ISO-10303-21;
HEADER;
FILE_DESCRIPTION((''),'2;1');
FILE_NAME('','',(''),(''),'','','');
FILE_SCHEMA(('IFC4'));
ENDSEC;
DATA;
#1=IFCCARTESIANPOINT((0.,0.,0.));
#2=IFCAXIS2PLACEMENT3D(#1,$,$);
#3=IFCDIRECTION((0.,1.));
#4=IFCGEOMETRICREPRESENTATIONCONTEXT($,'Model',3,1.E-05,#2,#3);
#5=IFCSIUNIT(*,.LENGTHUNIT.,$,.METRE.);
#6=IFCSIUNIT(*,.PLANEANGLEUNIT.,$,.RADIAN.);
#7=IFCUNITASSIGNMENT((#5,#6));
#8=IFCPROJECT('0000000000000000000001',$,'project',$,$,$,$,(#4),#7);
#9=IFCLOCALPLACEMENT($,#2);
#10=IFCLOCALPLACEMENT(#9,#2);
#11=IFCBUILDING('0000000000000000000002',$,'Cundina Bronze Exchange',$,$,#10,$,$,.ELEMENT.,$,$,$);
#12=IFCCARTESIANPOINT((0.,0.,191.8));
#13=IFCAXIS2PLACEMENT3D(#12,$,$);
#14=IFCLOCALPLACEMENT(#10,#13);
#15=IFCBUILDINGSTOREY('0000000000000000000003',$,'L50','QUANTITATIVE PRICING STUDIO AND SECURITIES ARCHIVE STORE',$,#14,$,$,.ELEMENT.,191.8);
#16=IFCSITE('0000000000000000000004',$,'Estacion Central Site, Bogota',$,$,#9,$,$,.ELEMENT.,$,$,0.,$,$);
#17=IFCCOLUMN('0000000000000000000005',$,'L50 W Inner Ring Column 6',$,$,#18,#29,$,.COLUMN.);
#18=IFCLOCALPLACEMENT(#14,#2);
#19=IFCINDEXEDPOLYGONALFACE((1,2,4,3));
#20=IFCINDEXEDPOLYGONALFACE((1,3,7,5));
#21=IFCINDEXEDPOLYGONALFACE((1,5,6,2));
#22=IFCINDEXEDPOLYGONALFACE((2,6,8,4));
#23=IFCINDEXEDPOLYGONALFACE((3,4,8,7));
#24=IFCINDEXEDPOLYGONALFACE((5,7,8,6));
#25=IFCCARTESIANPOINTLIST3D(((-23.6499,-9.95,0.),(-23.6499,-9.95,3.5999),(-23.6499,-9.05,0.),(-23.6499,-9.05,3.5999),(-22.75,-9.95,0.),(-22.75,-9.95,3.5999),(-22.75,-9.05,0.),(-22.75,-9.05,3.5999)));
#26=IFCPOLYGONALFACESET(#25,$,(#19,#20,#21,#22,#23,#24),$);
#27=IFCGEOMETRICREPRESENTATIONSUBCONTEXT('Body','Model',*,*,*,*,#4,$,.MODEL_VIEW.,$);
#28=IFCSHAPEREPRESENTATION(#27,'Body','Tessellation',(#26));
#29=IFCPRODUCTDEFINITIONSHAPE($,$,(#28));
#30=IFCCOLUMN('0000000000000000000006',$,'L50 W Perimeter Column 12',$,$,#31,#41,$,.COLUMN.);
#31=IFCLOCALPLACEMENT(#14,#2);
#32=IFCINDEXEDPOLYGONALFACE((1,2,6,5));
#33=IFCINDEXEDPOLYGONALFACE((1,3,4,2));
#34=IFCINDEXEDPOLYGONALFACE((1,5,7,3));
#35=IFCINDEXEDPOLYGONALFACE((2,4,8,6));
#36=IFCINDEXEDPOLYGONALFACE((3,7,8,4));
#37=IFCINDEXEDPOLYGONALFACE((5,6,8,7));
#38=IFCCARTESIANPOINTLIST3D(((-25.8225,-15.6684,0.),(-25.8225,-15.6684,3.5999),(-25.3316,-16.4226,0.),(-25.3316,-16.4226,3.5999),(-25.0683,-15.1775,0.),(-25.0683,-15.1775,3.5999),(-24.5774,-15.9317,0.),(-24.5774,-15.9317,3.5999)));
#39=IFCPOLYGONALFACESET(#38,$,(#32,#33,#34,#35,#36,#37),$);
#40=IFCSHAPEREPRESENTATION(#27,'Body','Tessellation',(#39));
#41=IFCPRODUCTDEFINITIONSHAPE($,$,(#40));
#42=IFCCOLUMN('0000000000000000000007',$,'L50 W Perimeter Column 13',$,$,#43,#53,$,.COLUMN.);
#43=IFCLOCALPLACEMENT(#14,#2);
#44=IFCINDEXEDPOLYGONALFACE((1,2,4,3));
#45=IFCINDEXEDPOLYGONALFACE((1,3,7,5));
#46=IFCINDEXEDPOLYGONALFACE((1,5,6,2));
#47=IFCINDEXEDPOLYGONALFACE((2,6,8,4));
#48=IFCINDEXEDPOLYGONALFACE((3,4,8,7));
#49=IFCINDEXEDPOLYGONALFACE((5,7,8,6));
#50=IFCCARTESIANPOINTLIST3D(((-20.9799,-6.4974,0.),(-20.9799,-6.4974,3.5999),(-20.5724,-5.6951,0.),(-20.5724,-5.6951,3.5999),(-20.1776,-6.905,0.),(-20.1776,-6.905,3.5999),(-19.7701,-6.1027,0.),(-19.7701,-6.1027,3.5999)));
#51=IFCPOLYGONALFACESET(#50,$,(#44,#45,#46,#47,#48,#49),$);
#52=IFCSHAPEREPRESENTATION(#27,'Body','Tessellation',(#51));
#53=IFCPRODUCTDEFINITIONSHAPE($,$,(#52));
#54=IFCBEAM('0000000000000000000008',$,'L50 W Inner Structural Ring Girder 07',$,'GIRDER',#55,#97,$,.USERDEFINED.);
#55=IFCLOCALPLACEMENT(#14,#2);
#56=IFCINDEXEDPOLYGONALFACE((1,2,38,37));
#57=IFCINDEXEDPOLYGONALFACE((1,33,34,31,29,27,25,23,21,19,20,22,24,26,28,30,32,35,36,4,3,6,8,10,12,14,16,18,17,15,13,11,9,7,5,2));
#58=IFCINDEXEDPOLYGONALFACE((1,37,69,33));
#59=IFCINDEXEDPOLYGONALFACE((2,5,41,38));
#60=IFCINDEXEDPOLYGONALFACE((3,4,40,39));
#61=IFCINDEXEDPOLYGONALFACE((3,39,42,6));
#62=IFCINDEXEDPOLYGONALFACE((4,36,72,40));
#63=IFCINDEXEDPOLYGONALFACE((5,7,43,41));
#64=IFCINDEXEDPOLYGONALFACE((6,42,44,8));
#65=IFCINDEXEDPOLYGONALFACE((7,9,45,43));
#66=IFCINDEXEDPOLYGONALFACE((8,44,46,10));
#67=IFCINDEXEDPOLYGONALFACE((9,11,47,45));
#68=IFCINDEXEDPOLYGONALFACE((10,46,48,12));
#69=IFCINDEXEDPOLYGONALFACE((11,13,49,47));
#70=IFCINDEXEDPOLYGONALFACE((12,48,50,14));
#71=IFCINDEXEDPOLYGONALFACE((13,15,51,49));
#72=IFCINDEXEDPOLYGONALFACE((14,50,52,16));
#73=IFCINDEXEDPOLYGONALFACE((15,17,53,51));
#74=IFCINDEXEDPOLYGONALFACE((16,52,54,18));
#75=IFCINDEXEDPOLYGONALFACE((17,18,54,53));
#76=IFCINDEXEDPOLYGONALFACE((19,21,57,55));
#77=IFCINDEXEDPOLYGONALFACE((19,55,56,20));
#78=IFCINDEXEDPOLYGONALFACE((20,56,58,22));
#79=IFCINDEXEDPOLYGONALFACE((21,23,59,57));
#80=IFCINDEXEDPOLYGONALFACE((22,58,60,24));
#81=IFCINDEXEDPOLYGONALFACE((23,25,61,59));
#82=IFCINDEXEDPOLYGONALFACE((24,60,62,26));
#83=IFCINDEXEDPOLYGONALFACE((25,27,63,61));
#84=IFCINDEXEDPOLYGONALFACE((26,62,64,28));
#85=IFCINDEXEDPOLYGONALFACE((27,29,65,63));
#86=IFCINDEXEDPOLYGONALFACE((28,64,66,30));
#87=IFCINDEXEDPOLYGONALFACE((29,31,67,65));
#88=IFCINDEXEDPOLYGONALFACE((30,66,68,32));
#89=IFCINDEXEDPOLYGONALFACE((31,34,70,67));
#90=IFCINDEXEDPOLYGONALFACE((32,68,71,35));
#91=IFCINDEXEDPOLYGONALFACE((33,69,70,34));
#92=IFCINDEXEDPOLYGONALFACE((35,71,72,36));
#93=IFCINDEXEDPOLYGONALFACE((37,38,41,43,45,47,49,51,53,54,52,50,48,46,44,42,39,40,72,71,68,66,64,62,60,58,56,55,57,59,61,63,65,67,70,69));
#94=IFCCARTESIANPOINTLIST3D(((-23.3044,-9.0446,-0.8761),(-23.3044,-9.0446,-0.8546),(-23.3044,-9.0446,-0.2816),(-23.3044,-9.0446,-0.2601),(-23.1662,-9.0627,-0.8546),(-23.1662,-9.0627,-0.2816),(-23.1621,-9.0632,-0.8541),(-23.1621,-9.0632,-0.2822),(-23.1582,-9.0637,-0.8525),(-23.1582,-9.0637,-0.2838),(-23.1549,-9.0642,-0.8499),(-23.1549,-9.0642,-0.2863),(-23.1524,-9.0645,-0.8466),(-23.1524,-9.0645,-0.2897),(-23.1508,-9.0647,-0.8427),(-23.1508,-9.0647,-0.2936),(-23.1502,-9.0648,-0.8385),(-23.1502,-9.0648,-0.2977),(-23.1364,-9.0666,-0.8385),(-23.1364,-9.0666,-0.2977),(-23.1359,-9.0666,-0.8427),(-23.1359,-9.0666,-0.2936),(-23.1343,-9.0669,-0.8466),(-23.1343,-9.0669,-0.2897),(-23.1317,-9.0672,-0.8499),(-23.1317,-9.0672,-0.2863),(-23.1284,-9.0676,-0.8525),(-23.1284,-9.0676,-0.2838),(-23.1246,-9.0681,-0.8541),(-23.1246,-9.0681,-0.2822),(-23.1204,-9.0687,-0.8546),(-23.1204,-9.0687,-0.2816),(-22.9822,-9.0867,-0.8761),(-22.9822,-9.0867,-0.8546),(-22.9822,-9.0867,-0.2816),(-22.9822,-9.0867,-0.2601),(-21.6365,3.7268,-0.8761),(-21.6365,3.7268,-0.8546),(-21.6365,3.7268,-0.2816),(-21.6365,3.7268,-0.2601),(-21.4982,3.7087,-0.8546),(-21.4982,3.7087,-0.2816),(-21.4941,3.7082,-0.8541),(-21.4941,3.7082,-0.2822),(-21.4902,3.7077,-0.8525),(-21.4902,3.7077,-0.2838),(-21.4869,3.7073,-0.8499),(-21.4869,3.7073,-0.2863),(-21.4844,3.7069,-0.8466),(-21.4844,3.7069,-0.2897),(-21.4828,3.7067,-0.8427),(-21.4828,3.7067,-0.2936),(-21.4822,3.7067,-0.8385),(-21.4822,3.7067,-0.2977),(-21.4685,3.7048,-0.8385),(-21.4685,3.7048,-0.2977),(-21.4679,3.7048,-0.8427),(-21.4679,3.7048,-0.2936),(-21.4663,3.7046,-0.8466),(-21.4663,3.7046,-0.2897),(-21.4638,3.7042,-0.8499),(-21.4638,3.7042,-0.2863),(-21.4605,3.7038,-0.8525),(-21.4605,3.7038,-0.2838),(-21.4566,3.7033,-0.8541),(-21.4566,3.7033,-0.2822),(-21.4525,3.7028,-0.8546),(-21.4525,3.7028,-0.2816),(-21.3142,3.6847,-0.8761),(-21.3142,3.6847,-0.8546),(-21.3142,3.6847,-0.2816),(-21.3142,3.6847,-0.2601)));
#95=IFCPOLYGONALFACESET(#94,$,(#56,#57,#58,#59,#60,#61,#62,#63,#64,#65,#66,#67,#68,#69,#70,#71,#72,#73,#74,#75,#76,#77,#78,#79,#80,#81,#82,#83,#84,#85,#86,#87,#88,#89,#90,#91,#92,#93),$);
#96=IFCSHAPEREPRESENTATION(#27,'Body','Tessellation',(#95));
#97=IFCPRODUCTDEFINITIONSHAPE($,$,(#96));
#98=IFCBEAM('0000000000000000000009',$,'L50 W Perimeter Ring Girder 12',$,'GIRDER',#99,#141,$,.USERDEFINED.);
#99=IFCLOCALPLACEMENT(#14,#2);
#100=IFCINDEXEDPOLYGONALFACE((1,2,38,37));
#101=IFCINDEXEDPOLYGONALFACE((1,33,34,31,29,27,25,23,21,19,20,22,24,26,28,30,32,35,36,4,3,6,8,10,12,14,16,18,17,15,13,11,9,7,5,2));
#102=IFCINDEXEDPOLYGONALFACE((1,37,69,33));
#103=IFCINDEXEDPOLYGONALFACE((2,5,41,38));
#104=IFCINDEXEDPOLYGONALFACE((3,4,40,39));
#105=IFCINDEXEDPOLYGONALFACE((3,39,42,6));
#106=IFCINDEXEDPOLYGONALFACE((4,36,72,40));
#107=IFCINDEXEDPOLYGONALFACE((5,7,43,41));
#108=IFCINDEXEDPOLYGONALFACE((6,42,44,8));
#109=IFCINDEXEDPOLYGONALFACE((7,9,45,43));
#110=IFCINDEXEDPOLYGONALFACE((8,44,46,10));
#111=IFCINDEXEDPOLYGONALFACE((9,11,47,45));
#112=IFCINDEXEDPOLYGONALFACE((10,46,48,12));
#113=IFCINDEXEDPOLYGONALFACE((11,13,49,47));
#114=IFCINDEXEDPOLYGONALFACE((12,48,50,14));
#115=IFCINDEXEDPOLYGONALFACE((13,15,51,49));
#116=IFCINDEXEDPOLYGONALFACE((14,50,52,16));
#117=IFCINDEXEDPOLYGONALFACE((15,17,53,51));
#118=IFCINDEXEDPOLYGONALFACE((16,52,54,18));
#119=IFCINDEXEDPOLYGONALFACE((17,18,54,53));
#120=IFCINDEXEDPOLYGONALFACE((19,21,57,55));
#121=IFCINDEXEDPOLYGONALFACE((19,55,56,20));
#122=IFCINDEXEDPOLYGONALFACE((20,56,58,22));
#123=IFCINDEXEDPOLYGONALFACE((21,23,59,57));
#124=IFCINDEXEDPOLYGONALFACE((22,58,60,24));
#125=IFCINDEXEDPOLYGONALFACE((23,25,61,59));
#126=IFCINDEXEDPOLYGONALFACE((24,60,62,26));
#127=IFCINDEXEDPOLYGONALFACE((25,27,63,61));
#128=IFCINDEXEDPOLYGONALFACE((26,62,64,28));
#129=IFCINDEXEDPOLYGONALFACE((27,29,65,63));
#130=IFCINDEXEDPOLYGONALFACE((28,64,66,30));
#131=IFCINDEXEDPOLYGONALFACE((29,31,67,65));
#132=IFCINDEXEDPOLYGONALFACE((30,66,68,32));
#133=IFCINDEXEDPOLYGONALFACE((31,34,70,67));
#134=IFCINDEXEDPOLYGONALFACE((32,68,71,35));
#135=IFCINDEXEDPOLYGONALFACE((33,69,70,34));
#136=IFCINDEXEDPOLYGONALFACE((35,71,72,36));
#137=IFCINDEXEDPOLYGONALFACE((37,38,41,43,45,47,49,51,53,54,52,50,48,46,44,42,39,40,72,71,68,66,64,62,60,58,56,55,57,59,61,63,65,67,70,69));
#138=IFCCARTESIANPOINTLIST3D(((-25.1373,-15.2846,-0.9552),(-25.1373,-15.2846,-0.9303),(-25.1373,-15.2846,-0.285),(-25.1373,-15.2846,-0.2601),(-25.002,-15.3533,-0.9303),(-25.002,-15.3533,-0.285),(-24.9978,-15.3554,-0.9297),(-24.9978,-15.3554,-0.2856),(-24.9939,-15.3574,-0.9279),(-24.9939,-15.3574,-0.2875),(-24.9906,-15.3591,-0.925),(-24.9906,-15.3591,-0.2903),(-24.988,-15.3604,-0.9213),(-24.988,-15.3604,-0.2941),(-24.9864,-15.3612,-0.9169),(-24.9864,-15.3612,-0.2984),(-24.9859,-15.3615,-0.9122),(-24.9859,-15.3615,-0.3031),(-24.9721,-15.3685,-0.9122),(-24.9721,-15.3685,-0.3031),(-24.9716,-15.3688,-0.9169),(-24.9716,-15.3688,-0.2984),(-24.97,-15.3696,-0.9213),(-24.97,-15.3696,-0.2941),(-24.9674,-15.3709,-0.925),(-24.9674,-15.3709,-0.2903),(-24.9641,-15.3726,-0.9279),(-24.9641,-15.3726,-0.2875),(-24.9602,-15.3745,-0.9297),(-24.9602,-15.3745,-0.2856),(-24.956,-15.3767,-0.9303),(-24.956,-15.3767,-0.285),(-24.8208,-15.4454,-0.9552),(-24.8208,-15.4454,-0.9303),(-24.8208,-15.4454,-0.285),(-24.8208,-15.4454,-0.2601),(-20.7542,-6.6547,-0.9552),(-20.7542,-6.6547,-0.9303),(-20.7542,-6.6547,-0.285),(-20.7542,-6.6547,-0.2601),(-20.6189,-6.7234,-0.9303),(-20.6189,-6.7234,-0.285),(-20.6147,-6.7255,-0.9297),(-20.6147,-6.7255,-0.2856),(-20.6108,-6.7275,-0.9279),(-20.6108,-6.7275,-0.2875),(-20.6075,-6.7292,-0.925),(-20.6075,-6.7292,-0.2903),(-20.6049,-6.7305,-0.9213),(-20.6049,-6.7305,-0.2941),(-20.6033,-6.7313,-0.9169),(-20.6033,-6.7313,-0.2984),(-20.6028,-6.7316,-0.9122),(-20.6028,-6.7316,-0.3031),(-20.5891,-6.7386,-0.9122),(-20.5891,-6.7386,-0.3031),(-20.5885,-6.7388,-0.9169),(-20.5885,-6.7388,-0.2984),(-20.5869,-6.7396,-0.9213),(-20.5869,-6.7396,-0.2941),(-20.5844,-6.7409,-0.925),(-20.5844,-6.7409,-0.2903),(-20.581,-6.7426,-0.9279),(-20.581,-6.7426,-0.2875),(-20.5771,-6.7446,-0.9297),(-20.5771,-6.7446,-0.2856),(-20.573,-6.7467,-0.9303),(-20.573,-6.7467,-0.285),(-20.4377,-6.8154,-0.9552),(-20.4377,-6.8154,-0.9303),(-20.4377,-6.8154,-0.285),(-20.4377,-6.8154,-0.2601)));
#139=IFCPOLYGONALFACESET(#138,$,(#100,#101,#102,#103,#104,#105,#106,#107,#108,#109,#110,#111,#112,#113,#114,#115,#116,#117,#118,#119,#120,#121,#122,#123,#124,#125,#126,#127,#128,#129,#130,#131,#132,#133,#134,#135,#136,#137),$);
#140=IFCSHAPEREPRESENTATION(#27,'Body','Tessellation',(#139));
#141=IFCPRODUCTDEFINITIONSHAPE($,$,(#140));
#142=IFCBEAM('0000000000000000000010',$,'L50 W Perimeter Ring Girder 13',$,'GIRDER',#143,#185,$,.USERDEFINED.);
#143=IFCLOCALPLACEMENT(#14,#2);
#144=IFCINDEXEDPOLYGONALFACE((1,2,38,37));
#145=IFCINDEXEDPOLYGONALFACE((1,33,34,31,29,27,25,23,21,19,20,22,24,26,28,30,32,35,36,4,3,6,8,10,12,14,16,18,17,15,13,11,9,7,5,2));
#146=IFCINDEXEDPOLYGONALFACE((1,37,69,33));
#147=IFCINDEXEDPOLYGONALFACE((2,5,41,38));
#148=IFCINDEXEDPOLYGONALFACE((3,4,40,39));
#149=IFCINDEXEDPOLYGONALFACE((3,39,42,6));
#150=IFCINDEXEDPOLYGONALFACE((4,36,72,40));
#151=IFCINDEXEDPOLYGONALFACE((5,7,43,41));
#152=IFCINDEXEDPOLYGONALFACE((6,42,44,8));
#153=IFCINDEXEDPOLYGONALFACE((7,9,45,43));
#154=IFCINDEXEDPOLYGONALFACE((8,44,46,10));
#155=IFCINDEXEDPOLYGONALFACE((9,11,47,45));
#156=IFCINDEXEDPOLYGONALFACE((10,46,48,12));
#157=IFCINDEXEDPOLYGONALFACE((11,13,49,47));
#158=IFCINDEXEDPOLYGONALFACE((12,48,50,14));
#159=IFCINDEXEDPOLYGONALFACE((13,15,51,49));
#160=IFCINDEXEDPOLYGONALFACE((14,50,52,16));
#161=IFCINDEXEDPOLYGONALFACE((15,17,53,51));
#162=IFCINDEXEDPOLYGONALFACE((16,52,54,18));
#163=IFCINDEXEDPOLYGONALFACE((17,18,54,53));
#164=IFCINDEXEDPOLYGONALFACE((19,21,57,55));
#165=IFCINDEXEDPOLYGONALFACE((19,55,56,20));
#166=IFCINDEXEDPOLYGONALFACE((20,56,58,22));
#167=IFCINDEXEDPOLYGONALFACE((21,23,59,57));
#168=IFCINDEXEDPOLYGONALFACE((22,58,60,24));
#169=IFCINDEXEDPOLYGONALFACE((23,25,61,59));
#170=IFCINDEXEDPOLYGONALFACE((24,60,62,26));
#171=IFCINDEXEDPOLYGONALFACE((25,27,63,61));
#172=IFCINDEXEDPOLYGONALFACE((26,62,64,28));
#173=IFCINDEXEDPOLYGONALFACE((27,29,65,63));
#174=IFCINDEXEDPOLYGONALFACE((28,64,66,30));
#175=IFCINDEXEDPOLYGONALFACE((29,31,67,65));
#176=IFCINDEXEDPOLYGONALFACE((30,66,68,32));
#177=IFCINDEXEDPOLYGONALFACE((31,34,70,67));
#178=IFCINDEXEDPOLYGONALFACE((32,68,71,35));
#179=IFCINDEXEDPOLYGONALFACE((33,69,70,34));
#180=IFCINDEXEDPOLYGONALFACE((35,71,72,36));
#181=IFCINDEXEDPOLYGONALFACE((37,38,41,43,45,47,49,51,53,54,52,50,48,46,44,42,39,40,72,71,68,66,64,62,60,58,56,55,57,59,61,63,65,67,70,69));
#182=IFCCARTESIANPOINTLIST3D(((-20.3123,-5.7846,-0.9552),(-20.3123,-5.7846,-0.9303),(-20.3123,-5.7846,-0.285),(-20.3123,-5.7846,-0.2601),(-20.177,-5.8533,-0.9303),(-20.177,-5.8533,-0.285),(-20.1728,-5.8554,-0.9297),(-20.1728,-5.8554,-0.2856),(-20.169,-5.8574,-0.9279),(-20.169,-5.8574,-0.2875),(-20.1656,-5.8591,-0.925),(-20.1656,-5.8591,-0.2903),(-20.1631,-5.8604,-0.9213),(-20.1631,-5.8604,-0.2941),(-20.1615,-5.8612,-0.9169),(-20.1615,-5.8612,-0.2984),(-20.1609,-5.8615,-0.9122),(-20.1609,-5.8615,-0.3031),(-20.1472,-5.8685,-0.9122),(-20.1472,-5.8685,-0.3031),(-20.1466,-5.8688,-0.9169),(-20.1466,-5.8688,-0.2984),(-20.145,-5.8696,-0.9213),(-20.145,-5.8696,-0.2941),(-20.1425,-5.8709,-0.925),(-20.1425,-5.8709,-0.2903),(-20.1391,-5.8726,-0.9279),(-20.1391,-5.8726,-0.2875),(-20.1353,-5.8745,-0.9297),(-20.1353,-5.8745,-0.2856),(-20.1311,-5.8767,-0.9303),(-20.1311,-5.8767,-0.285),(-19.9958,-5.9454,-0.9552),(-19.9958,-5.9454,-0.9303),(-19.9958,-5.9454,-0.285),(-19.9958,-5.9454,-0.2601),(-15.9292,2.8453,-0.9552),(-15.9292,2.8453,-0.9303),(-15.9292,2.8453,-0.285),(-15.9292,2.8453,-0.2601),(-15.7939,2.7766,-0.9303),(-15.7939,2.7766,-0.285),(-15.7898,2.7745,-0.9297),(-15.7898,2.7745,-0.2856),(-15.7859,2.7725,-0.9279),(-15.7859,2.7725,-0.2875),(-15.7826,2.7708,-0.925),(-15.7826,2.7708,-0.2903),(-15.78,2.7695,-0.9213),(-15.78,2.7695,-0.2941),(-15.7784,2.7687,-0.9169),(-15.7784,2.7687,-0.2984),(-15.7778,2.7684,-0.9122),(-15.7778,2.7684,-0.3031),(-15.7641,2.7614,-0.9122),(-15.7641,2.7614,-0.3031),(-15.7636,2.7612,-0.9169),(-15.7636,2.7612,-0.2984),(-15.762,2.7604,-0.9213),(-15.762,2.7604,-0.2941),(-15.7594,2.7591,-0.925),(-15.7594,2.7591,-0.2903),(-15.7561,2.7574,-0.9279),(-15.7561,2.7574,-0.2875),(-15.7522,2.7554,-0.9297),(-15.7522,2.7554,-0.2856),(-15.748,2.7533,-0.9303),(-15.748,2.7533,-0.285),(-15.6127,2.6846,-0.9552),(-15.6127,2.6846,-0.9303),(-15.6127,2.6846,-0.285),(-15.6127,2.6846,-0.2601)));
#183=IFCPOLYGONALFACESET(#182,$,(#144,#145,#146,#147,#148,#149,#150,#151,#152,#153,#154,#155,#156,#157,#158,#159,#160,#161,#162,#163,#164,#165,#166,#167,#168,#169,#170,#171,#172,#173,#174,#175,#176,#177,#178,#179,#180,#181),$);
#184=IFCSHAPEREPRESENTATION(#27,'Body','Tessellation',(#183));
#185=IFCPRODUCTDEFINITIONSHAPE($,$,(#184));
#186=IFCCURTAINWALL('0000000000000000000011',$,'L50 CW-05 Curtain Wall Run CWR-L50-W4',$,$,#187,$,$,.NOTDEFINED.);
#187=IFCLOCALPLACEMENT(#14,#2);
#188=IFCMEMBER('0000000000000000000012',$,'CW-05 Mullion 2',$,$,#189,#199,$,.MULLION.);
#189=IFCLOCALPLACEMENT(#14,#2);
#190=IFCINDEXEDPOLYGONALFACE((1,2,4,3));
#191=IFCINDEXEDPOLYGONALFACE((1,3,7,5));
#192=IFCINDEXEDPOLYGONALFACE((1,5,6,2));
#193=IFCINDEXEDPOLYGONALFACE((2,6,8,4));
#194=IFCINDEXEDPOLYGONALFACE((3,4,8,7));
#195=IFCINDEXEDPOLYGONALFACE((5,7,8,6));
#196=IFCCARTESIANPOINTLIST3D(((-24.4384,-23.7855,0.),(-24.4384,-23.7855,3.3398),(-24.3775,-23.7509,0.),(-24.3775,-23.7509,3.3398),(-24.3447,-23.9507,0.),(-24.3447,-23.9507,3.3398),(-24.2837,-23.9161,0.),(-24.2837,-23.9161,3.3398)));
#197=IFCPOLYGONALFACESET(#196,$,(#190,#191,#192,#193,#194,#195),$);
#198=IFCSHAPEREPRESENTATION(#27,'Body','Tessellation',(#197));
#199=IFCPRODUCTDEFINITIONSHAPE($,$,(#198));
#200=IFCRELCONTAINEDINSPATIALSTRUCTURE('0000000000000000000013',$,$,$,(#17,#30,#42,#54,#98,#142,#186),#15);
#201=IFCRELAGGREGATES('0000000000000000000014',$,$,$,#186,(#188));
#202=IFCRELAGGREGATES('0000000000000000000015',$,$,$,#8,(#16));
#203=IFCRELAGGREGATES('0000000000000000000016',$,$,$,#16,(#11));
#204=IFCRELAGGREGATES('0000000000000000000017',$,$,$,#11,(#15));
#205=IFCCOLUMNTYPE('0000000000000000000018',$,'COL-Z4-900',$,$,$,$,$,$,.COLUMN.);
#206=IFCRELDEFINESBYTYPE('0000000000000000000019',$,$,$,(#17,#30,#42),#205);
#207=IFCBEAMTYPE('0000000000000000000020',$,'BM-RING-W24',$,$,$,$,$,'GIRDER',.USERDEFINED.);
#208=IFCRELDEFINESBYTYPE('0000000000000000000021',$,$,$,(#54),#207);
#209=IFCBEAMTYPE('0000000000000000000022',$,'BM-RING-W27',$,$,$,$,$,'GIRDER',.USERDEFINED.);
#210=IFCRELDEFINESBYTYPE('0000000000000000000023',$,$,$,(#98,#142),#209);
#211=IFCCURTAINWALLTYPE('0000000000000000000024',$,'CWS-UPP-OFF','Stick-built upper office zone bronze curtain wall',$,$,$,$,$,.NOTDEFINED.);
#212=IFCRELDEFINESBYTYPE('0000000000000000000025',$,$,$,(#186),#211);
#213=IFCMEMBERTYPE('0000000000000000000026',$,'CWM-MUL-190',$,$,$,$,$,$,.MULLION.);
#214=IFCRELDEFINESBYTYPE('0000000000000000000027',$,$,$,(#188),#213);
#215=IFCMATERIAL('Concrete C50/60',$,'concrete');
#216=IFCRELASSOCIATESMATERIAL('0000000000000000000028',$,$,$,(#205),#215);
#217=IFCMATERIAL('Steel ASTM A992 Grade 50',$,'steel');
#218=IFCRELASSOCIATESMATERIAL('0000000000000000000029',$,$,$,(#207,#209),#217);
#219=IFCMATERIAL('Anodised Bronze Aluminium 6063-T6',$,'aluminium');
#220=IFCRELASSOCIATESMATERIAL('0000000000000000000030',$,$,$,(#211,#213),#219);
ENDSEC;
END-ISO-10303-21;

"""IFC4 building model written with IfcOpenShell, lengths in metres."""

from ifc_helpers import new_model, si_unit, direction, frame, origin, origin_2d, place, context, subcontext, project, spatial, rectangle, i_section, extrude, material, material_profile, profile_set, type_object, element, aggregate, save


model = new_model("IFC4")

# Units and contexts
model_context = context("Model", 3, precision=1e-05, world=origin(), true_north=direction((0.0, 1.0)))
body_context = subcontext(model_context, "Body", "Model", "MODEL_VIEW")
ifc_project = project(units=[si_unit("LENGTHUNIT", "METRE"), si_unit("PLANEANGLEUNIT", "RADIAN")], contexts=[model_context])

# Site, building, storey
site_placement = place(None, origin())
site = spatial("IfcSite", under=ifc_project, at=site_placement, Name="Estacion Central Site, Bogota", CompositionType="ELEMENT", RefElevation=0.0)
building_placement = place(site_placement, origin())
building = spatial("IfcBuilding", under=site, at=building_placement, Name="Cundina Bronze Exchange", CompositionType="ELEMENT")
storey_placement = place(building_placement, frame((0.0, 0.0, 191.8)))
storey = spatial("IfcBuildingStorey", under=building, at=storey_placement, Name="L50", Description="QUANTITATIVE PRICING STUDIO AND SECURITIES ARCHIVE STORE", CompositionType="ELEMENT", Elevation=191.8)

# Columns
ifc_material_1 = material(Name="Concrete C50/60", Category="concrete")
ifc_material_profile_1 = material_profile(ifc_material_1, rectangle(XDim=0.8999, YDim=0.8999, at=origin_2d()), Name="RC900X900", Category="concrete")
ifc_profile_set_1 = profile_set([ifc_material_profile_1], Name="Concrete C50/60")
column_type = type_object("IfcColumnType", Name="COL-Z4-900", PredefinedType="COLUMN", material=ifc_profile_set_1)
for number, where, z_axis, x_axis, name in (
    (1, (-23.2, -9.5, 0.0), (0.0, 0.0, 1.0), (1.0, 0.0, 0.0), "L50 W Inner Ring Column 6"),
    (2, (-25.2, -15.8, 0.0), (0.0, 0.0, 1.0), (0.8381, 0.545517, 0.0), "L50 W Perimeter Column 12"),
    (3, (-20.375, -6.3, 0.0), (0.0, 0.0, 1.0), (0.452902, 0.891561, 0.0), "L50 W Perimeter Column 13"),
):
    element("IfcColumn", number, at=place(storey_placement, frame(where, z_axis=z_axis, x_axis=x_axis)), inside=storey, type_object=column_type, Name=name, PredefinedType="COLUMN", context=body_context, shape_type="SweptSolid", body=[
        extrude(rectangle(XDim=0.8999, YDim=0.8999, at=origin_2d()), origin(), (0.0, 0.0, 1.0), 3.5999),
    ])

# Beams
ifc_material_2 = material(Name="Steel ASTM A992 Grade 50", Category="steel")
ifc_material_profile_2 = material_profile(ifc_material_2, i_section(OverallWidth=0.325, OverallDepth=0.616, WebThickness=0.0139, FlangeThickness=0.0215, FilletRadius=0.0161, at=origin_2d()), Name="W24X117", Category="steel")
ifc_profile_set_2 = profile_set([ifc_material_profile_2], Name="Steel ASTM A992 Grade 50")
beam_type_1 = type_object("IfcBeamType", Name="BM-RING-W24", ElementType="GIRDER", PredefinedType="USERDEFINED", material=ifc_profile_set_2)
beam_placement = place(storey_placement, frame((-23.1433, -9.0657, -0.5681), z_axis=(0.129501, 0.991579, 0.0), x_axis=(-0.991579, 0.129501, 0.0)))
element("IfcBeam", 4, at=beam_placement, inside=storey, type_object=beam_type_1, Name="L50 W Inner Structural Ring Girder 07", ObjectType="GIRDER", PredefinedType="USERDEFINED", context=body_context, shape_type="SweptSolid", body=[
    extrude(i_section(OverallWidth=0.325, OverallDepth=0.616, WebThickness=0.0139, FlangeThickness=0.0215, FilletRadius=0.0161, at=origin_2d()), origin(), (0.0, 0.0, 1.0), 12.8799),
])
ifc_material_profile_3 = material_profile(ifc_material_2, i_section(OverallWidth=0.355, OverallDepth=0.6951, WebThickness=0.0154, FlangeThickness=0.0249, FilletRadius=0.0181, at=origin_2d()), Name="W27X146", Category="steel")
ifc_profile_set_3 = profile_set([ifc_material_profile_3], Name="Steel ASTM A992 Grade 50")
beam_type_2 = type_object("IfcBeamType", Name="BM-RING-W27", ElementType="GIRDER", PredefinedType="USERDEFINED", material=ifc_profile_set_3)
for number, where, z_axis, x_axis, name in (
    (5, (-24.979, -15.365, -0.6077), (0.452835, 0.891595, 0.0), (-0.891595, 0.452835, 0.0), "L50 W Perimeter Ring Girder 12"),
    (6, (-20.1541, -5.865, -0.6077), (0.452835, 0.891595, 0.0), (-0.891595, 0.452835, 0.0), "L50 W Perimeter Ring Girder 13"),
):
    element("IfcBeam", number, at=place(storey_placement, frame(where, z_axis=z_axis, x_axis=x_axis)), inside=storey, type_object=beam_type_2, Name=name, ObjectType="GIRDER", PredefinedType="USERDEFINED", context=body_context, shape_type="SweptSolid", body=[
        extrude(i_section(OverallWidth=0.355, OverallDepth=0.6951, WebThickness=0.0154, FlangeThickness=0.0249, FilletRadius=0.0181, at=origin_2d()), origin(), (0.0, 0.0, 1.0), 9.6792),
    ])

# Curtain wall, member
ifc_material_3 = material(Name="Anodised Bronze Aluminium 6063-T6", Category="aluminium")
curtain_wall_type = type_object("IfcCurtainWallType", Name="CWS-UPP-OFF", Description="Stick-built upper office zone bronze curtain wall", PredefinedType="NOTDEFINED", material=ifc_material_3)
curtain_wall_placement = place(storey_placement, origin())
curtain_wall = element("IfcCurtainWall", 7, at=curtain_wall_placement, inside=storey, type_object=curtain_wall_type, Name="L50 CW-05 Curtain Wall Run CWR-L50-W4", PredefinedType="NOTDEFINED")
ifc_material_profile_4 = material_profile(ifc_material_3, rectangle(XDim=0.0701, YDim=0.1899, at=origin_2d()), Name="AL70X190", Category="aluminium")
ifc_profile_set_4 = profile_set([ifc_material_profile_4], Name="Anodised Bronze Aluminium 6063-T6")
member_type_1 = type_object("IfcMemberType", Name="CWM-MUL-190", PredefinedType="MULLION", material=ifc_profile_set_4)
member_1_placement = place(storey_placement, frame((-24.3611, -23.8508, 0.0), z_axis=(0.0, 0.0, 1.0), x_axis=(0.869581, 0.49379, 0.0)))
member_1 = element("IfcMember", 8, at=member_1_placement, type_object=member_type_1, Name="CW-05 Mullion 2", PredefinedType="MULLION", context=body_context, shape_type="SweptSolid", body=[
    extrude(rectangle(XDim=0.0701, YDim=0.1899, at=origin_2d()), origin(), (0.0, 0.0, 1.0), 3.3398),
])
aggregate(curtain_wall, [member_1])

save(model, "model.ifc")
